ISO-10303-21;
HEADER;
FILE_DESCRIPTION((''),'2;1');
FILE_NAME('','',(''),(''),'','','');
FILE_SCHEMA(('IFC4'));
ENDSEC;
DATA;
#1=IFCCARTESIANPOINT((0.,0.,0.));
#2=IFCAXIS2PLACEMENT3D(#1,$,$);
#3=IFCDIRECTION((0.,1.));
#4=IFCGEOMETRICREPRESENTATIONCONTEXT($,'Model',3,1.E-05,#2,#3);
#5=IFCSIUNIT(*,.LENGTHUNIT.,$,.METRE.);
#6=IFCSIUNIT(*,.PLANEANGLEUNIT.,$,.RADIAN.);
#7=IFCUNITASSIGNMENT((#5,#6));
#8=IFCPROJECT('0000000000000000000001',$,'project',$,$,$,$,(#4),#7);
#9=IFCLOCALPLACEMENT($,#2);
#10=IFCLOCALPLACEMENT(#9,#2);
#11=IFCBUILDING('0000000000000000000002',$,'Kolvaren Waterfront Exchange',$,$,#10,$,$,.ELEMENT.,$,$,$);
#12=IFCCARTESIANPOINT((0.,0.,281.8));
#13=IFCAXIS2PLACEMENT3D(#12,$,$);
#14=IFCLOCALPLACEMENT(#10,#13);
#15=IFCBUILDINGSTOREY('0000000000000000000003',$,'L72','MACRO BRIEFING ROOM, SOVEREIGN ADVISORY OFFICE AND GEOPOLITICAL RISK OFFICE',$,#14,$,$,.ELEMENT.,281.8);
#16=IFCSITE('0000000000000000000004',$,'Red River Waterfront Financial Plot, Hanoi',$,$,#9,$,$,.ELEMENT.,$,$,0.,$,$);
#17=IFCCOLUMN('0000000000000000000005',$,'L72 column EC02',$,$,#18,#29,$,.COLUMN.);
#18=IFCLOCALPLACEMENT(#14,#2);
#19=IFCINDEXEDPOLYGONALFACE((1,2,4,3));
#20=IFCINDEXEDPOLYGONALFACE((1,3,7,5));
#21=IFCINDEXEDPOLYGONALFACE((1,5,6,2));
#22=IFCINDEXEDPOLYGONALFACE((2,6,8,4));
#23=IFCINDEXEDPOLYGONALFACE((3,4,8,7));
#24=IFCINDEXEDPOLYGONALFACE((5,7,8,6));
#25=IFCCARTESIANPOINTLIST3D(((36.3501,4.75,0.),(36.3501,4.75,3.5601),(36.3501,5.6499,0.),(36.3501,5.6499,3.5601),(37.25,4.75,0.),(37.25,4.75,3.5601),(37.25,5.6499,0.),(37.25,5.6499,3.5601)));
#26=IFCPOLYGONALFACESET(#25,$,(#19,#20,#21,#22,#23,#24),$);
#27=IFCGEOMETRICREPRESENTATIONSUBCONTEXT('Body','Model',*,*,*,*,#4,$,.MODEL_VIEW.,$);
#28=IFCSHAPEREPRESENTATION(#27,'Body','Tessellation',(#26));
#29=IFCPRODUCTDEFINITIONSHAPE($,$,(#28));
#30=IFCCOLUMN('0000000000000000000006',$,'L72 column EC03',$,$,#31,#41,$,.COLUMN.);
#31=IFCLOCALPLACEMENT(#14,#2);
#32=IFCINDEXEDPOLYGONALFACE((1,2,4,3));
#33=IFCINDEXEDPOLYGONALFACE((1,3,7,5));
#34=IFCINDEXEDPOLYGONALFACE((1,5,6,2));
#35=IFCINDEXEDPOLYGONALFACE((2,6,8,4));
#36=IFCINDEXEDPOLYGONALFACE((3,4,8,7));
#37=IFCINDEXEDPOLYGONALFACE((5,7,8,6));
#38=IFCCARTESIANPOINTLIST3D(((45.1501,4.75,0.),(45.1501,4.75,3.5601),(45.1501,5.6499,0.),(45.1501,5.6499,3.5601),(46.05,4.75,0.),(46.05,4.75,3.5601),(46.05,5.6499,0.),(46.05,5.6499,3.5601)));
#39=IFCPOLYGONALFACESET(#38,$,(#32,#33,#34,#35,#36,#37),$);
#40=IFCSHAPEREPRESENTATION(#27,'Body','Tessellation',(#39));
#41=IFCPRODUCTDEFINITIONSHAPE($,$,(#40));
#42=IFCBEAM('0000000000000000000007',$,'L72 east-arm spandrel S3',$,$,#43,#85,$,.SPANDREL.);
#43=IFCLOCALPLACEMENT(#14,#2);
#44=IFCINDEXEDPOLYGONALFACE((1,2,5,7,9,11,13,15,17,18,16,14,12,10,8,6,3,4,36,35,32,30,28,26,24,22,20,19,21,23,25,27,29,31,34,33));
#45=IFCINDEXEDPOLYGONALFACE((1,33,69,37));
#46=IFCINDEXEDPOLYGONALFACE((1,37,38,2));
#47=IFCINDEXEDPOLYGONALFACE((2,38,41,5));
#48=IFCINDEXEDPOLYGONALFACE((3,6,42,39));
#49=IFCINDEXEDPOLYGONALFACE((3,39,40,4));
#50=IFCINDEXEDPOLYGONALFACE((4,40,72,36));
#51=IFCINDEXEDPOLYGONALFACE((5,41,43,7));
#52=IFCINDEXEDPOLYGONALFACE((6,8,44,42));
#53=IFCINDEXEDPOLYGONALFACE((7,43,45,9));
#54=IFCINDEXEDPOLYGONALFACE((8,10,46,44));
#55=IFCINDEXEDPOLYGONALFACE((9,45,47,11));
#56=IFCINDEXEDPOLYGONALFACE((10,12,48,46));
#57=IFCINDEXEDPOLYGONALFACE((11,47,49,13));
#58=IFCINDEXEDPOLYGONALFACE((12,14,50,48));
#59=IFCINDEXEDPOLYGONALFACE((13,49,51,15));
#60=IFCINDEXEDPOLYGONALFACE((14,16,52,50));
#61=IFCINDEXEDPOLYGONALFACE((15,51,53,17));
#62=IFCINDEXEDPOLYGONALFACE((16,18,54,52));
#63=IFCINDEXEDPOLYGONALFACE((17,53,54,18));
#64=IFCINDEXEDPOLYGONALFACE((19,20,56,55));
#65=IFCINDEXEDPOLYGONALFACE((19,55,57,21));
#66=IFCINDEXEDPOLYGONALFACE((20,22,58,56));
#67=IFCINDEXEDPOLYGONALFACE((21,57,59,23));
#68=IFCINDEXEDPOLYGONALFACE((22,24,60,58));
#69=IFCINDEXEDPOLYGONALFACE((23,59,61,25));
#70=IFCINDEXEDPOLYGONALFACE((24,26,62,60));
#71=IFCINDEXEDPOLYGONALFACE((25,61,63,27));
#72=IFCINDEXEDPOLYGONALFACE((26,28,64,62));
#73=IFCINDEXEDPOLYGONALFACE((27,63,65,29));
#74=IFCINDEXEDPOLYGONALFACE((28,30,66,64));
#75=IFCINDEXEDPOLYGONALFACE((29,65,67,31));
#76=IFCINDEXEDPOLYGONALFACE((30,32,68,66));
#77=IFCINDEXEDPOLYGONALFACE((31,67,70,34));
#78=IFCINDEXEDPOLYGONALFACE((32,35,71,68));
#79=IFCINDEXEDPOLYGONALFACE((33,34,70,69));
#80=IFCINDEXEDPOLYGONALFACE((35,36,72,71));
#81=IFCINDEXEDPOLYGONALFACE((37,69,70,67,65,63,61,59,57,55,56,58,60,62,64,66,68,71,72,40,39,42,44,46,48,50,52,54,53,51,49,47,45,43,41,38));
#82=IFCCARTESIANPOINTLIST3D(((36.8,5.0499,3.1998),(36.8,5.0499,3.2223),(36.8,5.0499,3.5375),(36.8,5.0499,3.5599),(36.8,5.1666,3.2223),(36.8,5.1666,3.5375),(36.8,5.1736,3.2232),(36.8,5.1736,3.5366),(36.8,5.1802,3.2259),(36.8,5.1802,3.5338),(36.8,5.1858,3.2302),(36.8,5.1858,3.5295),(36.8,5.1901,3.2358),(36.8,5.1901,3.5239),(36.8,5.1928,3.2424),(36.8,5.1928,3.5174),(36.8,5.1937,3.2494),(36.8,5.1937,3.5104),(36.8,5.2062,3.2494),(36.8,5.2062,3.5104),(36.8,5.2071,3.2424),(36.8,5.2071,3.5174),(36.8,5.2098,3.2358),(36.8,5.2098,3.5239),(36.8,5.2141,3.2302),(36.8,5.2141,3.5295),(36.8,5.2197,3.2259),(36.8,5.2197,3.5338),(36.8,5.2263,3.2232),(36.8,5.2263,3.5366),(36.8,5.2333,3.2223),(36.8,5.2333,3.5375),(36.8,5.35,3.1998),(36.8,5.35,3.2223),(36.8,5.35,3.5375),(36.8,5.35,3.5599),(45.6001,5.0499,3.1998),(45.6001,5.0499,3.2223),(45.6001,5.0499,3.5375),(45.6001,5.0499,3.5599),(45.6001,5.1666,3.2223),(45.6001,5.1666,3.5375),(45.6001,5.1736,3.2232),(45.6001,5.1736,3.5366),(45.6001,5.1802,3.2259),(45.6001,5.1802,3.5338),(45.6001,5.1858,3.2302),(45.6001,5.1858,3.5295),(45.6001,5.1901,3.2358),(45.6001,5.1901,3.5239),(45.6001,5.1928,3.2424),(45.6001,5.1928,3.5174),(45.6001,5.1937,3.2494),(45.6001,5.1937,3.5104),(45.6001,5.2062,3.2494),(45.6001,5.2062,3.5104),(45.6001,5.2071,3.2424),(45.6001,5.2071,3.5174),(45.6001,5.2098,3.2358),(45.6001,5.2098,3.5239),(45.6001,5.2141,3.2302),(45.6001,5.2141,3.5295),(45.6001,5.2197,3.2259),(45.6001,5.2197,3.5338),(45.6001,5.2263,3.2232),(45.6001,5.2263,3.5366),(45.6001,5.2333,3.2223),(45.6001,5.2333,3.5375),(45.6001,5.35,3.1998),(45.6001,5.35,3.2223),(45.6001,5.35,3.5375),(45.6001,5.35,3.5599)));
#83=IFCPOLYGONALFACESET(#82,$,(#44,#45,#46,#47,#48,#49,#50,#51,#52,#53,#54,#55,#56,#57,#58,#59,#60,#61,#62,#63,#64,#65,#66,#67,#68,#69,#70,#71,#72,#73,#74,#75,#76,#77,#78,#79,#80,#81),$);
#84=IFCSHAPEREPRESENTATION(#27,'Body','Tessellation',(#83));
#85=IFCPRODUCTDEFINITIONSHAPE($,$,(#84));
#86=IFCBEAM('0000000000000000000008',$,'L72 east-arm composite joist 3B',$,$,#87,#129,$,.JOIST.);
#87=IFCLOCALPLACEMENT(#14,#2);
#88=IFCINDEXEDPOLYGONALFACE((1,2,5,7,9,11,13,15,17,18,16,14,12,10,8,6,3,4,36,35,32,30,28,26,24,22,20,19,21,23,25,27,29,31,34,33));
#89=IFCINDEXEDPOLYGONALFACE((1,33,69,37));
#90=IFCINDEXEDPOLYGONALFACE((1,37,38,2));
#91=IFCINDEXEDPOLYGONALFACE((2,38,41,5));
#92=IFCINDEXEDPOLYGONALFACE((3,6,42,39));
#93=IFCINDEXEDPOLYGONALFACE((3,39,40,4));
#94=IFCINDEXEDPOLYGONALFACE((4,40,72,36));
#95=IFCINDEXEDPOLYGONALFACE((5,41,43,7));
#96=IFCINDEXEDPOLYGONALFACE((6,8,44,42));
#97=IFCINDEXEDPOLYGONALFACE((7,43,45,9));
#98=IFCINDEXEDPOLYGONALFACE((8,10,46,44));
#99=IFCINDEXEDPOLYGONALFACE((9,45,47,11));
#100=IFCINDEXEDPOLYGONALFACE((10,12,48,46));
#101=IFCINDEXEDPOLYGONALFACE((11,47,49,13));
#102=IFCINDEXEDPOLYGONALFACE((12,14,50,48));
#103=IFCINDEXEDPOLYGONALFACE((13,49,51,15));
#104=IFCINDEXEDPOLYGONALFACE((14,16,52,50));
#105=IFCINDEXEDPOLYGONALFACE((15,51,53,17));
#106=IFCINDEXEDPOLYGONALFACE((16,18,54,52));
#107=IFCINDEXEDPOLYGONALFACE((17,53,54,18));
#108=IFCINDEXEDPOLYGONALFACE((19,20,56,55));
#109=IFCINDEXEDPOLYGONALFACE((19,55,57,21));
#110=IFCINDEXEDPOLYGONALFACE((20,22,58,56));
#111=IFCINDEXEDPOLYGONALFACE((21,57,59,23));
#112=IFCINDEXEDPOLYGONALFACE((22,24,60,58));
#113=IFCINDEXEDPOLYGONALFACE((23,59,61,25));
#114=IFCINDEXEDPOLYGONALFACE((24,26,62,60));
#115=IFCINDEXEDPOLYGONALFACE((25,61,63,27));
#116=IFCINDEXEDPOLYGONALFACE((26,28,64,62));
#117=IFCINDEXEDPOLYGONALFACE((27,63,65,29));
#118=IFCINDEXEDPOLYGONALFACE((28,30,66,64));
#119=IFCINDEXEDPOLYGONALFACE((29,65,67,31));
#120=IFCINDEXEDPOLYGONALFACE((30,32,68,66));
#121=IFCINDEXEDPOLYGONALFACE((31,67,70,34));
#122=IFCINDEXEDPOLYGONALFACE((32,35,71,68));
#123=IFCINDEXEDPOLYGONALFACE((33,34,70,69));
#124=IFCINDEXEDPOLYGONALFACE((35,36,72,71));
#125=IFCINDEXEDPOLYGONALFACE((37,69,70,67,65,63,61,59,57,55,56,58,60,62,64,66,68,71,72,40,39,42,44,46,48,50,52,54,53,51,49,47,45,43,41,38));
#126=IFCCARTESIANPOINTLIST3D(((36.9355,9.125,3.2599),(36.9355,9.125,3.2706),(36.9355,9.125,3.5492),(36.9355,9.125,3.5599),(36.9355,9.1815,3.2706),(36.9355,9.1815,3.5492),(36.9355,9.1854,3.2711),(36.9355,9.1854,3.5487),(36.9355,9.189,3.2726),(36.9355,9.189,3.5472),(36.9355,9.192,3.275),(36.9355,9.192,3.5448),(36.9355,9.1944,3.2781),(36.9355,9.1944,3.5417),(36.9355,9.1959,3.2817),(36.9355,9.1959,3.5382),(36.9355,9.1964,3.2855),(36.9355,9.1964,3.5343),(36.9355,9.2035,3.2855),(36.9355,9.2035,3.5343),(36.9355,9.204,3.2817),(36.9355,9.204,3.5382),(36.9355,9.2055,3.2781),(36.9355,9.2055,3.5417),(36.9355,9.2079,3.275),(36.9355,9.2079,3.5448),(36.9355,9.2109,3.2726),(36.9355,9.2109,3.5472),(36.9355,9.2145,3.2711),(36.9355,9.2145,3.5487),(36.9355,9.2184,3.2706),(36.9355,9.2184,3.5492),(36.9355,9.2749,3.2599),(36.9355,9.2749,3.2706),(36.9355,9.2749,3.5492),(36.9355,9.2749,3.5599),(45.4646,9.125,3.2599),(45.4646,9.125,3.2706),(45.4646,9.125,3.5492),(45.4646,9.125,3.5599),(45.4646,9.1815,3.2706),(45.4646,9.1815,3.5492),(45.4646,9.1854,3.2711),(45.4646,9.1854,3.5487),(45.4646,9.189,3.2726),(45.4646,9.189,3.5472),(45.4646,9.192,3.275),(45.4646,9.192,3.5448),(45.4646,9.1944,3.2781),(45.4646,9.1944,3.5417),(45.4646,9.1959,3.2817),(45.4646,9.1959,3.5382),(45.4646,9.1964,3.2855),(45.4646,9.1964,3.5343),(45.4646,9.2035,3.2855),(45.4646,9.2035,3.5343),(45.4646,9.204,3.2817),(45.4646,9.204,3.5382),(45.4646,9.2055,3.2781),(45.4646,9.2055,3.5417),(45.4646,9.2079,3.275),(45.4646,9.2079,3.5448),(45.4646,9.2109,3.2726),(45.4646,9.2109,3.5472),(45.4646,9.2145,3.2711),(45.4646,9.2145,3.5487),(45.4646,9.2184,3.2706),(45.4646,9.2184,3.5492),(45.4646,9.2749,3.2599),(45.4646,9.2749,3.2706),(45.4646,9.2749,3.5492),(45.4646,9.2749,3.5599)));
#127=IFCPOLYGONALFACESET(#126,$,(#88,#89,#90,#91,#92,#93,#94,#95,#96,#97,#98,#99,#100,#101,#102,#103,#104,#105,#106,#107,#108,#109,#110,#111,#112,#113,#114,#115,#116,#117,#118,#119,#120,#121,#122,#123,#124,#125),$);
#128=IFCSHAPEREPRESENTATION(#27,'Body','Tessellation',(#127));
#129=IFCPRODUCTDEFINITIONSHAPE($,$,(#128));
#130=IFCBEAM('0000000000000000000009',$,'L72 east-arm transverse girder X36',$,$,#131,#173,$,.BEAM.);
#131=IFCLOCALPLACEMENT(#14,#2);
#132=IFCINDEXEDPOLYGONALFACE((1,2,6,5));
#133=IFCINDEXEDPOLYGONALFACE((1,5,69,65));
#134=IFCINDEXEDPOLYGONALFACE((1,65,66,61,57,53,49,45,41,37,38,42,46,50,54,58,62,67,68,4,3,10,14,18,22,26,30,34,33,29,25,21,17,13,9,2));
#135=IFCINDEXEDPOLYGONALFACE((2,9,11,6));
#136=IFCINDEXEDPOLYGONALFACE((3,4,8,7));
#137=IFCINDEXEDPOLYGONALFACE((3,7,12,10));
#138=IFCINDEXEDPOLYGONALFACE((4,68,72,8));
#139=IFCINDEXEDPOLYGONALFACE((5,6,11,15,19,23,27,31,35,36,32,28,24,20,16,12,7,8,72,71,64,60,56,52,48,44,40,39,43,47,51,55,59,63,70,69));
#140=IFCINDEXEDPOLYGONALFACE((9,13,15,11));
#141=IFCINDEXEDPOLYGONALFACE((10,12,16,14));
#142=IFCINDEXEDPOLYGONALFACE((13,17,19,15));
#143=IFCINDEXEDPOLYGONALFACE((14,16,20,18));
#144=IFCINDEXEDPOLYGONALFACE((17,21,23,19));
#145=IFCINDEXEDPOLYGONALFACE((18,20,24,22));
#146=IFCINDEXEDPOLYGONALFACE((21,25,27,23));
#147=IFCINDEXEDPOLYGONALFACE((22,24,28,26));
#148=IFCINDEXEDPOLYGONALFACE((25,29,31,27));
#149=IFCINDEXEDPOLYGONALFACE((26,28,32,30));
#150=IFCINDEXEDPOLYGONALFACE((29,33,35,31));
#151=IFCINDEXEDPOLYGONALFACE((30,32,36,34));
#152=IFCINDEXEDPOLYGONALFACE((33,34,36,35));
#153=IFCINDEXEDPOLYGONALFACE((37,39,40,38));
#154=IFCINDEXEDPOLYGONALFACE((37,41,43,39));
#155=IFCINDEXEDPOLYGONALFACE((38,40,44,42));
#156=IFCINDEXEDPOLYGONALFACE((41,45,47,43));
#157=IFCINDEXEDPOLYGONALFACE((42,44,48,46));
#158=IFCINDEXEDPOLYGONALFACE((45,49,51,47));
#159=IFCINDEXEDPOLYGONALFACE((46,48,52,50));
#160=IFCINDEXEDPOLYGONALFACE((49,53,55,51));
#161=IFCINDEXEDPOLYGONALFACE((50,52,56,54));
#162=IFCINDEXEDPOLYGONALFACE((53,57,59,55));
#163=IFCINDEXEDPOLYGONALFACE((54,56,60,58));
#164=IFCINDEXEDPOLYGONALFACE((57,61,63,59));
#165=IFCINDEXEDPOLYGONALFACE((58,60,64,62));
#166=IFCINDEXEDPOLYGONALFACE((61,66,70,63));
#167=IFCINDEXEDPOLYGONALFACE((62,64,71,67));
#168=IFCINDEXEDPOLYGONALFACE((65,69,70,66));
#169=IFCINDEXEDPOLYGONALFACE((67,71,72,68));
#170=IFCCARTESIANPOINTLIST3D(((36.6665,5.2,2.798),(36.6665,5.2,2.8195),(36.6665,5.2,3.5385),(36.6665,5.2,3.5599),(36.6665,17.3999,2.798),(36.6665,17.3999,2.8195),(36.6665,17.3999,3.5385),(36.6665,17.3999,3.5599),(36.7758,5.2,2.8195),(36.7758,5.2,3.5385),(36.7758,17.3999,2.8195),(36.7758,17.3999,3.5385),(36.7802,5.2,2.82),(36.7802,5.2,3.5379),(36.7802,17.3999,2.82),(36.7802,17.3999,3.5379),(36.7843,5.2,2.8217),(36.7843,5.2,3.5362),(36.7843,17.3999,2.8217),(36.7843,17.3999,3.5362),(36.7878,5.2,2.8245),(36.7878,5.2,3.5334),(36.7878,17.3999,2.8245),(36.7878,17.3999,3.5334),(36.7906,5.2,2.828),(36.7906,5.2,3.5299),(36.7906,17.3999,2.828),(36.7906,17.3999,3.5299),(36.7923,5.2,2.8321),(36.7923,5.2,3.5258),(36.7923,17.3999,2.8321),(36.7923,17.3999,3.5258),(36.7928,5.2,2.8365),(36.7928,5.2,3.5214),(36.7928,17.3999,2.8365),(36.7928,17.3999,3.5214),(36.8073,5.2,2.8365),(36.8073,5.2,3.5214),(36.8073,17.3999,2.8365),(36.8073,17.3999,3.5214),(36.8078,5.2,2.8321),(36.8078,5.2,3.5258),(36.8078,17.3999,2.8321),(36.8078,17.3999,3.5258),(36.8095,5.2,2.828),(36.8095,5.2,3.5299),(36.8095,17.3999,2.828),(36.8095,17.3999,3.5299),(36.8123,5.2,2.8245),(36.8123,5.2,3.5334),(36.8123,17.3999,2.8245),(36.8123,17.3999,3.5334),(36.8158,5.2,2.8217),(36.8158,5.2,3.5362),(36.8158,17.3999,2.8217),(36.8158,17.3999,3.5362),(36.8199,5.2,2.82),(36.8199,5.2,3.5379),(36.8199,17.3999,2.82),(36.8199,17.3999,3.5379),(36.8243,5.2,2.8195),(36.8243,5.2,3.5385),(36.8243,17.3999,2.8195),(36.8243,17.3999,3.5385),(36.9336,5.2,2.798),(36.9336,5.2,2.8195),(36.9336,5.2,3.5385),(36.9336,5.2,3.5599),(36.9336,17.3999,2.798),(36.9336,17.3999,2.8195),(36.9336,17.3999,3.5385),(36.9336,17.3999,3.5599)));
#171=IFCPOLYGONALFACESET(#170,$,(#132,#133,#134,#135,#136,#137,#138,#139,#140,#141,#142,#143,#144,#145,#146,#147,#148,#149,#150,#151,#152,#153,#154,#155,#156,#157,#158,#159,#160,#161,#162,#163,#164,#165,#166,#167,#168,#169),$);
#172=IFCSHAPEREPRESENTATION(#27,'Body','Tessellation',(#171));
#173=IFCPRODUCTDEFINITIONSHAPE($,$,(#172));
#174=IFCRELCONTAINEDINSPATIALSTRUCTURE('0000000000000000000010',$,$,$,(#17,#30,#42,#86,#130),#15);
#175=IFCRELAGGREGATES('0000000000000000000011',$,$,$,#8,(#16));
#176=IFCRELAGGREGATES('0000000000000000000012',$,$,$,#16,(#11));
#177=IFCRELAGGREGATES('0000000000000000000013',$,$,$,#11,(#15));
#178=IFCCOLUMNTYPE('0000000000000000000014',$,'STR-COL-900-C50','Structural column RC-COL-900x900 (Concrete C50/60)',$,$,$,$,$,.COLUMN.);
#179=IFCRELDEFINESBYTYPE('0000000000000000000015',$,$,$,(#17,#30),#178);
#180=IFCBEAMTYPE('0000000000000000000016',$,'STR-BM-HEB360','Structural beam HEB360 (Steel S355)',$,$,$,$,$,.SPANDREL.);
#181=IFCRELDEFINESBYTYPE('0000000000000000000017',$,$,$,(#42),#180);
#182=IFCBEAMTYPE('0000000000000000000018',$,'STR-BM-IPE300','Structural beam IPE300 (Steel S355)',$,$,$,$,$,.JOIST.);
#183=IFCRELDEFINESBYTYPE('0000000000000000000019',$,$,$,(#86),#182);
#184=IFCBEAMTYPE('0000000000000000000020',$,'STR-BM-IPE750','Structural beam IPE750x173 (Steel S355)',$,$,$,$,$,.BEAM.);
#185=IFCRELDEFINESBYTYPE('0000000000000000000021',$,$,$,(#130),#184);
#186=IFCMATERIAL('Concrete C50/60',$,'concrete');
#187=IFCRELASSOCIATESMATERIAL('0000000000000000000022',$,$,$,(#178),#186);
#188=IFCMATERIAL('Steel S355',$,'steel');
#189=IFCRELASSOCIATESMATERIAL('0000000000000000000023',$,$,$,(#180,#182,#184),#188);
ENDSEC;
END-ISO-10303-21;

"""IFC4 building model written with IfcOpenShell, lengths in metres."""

from ifc_helpers import new_model, si_unit, direction, frame, origin, origin_2d, place, context, subcontext, project, spatial, rectangle, i_section, extrude, material, material_profile, profile_set, type_object, element, save


model = new_model("IFC4")

# Units and contexts
model_context = context("Model", 3, precision=1e-05, world=origin(), true_north=direction((0.0, 1.0)))
body_context = subcontext(model_context, "Body", "Model", "MODEL_VIEW")
ifc_project = project(units=[si_unit("LENGTHUNIT", "METRE"), si_unit("PLANEANGLEUNIT", "RADIAN")], contexts=[model_context])

# Site, building, storey
site_placement = place(None, origin())
site = spatial("IfcSite", under=ifc_project, at=site_placement, Name="Red River Waterfront Financial Plot, Hanoi", CompositionType="ELEMENT", RefElevation=0.0)
building_placement = place(site_placement, origin())
building = spatial("IfcBuilding", under=site, at=building_placement, Name="Kolvaren Waterfront Exchange", CompositionType="ELEMENT")
storey_placement = place(building_placement, frame((0.0, 0.0, 281.8)))
storey = spatial("IfcBuildingStorey", under=building, at=storey_placement, Name="L72", Description="MACRO BRIEFING ROOM, SOVEREIGN ADVISORY OFFICE AND GEOPOLITICAL RISK OFFICE", CompositionType="ELEMENT", Elevation=281.8)

# Columns
ifc_material_1 = material(Name="Concrete C50/60", Category="concrete")
ifc_material_profile_1 = material_profile(ifc_material_1, rectangle(XDim=0.8999, YDim=0.8999, at=origin_2d()), Name="RC-COL-900x900")
ifc_profile_set_1 = profile_set([ifc_material_profile_1], Name="Concrete C50/60")
column_type = type_object("IfcColumnType", Name="STR-COL-900-C50", Description="Structural column RC-COL-900x900 (Concrete C50/60)", PredefinedType="COLUMN", material=ifc_profile_set_1)
for number, where, z_axis, x_axis, name in (
    (1, (36.8, 5.2, 0.0), (0.0, 0.0, 1.0), (1.0, 0.0, 0.0), "L72 column EC02"),
    (2, (45.6001, 5.2, 0.0), (0.0, 0.0, 1.0), (1.0, 0.0, 0.0), "L72 column EC03"),
):
    element("IfcColumn", number, at=place(storey_placement, frame(where, z_axis=z_axis, x_axis=x_axis)), inside=storey, type_object=column_type, Name=name, PredefinedType="COLUMN", context=body_context, shape_type="SweptSolid", body=[
        extrude(rectangle(XDim=0.8999, YDim=0.8999, at=origin_2d()), origin(), (0.0, 0.0, 1.0), 3.5601),
    ])

# Beams
ifc_material_2 = material(Name="Steel S355", Category="steel")
ifc_material_profile_2 = material_profile(ifc_material_2, i_section(OverallWidth=0.3, OverallDepth=0.3601, WebThickness=0.0125, FlangeThickness=0.0225, FilletRadius=0.0271, at=origin_2d()), Name="HEB360")
ifc_profile_set_2 = profile_set([ifc_material_profile_2], Name="Steel S355")
beam_type_1 = type_object("IfcBeamType", Name="STR-BM-HEB360", Description="Structural beam HEB360 (Steel S355)", PredefinedType="SPANDREL", material=ifc_profile_set_2)
beam_1_placement = place(storey_placement, frame((36.8, 5.2, 3.3799), z_axis=(1.0, 0.0, 0.0), x_axis=(0.0, 1.0, 0.0)))
element("IfcBeam", 3, at=beam_1_placement, inside=storey, type_object=beam_type_1, Name="L72 east-arm spandrel S3", PredefinedType="SPANDREL", context=body_context, shape_type="SweptSolid", body=[
    extrude(i_section(OverallWidth=0.3, OverallDepth=0.3601, WebThickness=0.0125, FlangeThickness=0.0225, FilletRadius=0.0271, at=origin_2d()), origin(), (0.0, 0.0, 1.0), 8.8),
])
ifc_material_profile_3 = material_profile(ifc_material_2, i_section(OverallWidth=0.1499, OverallDepth=0.3, WebThickness=0.0071, FlangeThickness=0.0107, FilletRadius=0.0149, at=origin_2d()), Name="IPE300")
ifc_profile_set_3 = profile_set([ifc_material_profile_3], Name="Steel S355")
beam_type_2 = type_object("IfcBeamType", Name="STR-BM-IPE300", Description="Structural beam IPE300 (Steel S355)", PredefinedType="JOIST", material=ifc_profile_set_3)
beam_2_placement = place(storey_placement, frame((36.9355, 9.2, 3.4099), z_axis=(1.0, 0.0, 0.0), x_axis=(0.0, 1.0, 0.0)))
element("IfcBeam", 4, at=beam_2_placement, inside=storey, type_object=beam_type_2, Name="L72 east-arm composite joist 3B", PredefinedType="JOIST", context=body_context, shape_type="SweptSolid", body=[
    extrude(i_section(OverallWidth=0.1499, OverallDepth=0.3, WebThickness=0.0071, FlangeThickness=0.0107, FilletRadius=0.0149, at=origin_2d()), origin(), (0.0, 0.0, 1.0), 8.5291),
])
ifc_material_profile_4 = material_profile(ifc_material_2, i_section(OverallWidth=0.2671, OverallDepth=0.762, WebThickness=0.0144, FlangeThickness=0.0215, FilletRadius=0.0171, at=origin_2d()), Name="IPE750x173")
ifc_profile_set_4 = profile_set([ifc_material_profile_4], Name="Steel S355")
beam_type_3 = type_object("IfcBeamType", Name="STR-BM-IPE750", Description="Structural beam IPE750x173 (Steel S355)", PredefinedType="BEAM", material=ifc_profile_set_4)
for number, where, z_axis, x_axis, name in (
    (5, (36.8, 5.2, 3.179), (0.0, 1.0, 0.0), (-1.0, 0.0, 0.0), "L72 east-arm transverse girder X36"),
):
    element("IfcBeam", number, at=place(storey_placement, frame(where, z_axis=z_axis, x_axis=x_axis)), inside=storey, type_object=beam_type_3, Name=name, PredefinedType="BEAM", context=body_context, shape_type="SweptSolid", body=[
        extrude(i_section(OverallWidth=0.2671, OverallDepth=0.762, WebThickness=0.0144, FlangeThickness=0.0215, FilletRadius=0.0171, at=origin_2d()), origin(), (0.0, 0.0, 1.0), 12.2),
    ])

save(model, "model.ifc")
